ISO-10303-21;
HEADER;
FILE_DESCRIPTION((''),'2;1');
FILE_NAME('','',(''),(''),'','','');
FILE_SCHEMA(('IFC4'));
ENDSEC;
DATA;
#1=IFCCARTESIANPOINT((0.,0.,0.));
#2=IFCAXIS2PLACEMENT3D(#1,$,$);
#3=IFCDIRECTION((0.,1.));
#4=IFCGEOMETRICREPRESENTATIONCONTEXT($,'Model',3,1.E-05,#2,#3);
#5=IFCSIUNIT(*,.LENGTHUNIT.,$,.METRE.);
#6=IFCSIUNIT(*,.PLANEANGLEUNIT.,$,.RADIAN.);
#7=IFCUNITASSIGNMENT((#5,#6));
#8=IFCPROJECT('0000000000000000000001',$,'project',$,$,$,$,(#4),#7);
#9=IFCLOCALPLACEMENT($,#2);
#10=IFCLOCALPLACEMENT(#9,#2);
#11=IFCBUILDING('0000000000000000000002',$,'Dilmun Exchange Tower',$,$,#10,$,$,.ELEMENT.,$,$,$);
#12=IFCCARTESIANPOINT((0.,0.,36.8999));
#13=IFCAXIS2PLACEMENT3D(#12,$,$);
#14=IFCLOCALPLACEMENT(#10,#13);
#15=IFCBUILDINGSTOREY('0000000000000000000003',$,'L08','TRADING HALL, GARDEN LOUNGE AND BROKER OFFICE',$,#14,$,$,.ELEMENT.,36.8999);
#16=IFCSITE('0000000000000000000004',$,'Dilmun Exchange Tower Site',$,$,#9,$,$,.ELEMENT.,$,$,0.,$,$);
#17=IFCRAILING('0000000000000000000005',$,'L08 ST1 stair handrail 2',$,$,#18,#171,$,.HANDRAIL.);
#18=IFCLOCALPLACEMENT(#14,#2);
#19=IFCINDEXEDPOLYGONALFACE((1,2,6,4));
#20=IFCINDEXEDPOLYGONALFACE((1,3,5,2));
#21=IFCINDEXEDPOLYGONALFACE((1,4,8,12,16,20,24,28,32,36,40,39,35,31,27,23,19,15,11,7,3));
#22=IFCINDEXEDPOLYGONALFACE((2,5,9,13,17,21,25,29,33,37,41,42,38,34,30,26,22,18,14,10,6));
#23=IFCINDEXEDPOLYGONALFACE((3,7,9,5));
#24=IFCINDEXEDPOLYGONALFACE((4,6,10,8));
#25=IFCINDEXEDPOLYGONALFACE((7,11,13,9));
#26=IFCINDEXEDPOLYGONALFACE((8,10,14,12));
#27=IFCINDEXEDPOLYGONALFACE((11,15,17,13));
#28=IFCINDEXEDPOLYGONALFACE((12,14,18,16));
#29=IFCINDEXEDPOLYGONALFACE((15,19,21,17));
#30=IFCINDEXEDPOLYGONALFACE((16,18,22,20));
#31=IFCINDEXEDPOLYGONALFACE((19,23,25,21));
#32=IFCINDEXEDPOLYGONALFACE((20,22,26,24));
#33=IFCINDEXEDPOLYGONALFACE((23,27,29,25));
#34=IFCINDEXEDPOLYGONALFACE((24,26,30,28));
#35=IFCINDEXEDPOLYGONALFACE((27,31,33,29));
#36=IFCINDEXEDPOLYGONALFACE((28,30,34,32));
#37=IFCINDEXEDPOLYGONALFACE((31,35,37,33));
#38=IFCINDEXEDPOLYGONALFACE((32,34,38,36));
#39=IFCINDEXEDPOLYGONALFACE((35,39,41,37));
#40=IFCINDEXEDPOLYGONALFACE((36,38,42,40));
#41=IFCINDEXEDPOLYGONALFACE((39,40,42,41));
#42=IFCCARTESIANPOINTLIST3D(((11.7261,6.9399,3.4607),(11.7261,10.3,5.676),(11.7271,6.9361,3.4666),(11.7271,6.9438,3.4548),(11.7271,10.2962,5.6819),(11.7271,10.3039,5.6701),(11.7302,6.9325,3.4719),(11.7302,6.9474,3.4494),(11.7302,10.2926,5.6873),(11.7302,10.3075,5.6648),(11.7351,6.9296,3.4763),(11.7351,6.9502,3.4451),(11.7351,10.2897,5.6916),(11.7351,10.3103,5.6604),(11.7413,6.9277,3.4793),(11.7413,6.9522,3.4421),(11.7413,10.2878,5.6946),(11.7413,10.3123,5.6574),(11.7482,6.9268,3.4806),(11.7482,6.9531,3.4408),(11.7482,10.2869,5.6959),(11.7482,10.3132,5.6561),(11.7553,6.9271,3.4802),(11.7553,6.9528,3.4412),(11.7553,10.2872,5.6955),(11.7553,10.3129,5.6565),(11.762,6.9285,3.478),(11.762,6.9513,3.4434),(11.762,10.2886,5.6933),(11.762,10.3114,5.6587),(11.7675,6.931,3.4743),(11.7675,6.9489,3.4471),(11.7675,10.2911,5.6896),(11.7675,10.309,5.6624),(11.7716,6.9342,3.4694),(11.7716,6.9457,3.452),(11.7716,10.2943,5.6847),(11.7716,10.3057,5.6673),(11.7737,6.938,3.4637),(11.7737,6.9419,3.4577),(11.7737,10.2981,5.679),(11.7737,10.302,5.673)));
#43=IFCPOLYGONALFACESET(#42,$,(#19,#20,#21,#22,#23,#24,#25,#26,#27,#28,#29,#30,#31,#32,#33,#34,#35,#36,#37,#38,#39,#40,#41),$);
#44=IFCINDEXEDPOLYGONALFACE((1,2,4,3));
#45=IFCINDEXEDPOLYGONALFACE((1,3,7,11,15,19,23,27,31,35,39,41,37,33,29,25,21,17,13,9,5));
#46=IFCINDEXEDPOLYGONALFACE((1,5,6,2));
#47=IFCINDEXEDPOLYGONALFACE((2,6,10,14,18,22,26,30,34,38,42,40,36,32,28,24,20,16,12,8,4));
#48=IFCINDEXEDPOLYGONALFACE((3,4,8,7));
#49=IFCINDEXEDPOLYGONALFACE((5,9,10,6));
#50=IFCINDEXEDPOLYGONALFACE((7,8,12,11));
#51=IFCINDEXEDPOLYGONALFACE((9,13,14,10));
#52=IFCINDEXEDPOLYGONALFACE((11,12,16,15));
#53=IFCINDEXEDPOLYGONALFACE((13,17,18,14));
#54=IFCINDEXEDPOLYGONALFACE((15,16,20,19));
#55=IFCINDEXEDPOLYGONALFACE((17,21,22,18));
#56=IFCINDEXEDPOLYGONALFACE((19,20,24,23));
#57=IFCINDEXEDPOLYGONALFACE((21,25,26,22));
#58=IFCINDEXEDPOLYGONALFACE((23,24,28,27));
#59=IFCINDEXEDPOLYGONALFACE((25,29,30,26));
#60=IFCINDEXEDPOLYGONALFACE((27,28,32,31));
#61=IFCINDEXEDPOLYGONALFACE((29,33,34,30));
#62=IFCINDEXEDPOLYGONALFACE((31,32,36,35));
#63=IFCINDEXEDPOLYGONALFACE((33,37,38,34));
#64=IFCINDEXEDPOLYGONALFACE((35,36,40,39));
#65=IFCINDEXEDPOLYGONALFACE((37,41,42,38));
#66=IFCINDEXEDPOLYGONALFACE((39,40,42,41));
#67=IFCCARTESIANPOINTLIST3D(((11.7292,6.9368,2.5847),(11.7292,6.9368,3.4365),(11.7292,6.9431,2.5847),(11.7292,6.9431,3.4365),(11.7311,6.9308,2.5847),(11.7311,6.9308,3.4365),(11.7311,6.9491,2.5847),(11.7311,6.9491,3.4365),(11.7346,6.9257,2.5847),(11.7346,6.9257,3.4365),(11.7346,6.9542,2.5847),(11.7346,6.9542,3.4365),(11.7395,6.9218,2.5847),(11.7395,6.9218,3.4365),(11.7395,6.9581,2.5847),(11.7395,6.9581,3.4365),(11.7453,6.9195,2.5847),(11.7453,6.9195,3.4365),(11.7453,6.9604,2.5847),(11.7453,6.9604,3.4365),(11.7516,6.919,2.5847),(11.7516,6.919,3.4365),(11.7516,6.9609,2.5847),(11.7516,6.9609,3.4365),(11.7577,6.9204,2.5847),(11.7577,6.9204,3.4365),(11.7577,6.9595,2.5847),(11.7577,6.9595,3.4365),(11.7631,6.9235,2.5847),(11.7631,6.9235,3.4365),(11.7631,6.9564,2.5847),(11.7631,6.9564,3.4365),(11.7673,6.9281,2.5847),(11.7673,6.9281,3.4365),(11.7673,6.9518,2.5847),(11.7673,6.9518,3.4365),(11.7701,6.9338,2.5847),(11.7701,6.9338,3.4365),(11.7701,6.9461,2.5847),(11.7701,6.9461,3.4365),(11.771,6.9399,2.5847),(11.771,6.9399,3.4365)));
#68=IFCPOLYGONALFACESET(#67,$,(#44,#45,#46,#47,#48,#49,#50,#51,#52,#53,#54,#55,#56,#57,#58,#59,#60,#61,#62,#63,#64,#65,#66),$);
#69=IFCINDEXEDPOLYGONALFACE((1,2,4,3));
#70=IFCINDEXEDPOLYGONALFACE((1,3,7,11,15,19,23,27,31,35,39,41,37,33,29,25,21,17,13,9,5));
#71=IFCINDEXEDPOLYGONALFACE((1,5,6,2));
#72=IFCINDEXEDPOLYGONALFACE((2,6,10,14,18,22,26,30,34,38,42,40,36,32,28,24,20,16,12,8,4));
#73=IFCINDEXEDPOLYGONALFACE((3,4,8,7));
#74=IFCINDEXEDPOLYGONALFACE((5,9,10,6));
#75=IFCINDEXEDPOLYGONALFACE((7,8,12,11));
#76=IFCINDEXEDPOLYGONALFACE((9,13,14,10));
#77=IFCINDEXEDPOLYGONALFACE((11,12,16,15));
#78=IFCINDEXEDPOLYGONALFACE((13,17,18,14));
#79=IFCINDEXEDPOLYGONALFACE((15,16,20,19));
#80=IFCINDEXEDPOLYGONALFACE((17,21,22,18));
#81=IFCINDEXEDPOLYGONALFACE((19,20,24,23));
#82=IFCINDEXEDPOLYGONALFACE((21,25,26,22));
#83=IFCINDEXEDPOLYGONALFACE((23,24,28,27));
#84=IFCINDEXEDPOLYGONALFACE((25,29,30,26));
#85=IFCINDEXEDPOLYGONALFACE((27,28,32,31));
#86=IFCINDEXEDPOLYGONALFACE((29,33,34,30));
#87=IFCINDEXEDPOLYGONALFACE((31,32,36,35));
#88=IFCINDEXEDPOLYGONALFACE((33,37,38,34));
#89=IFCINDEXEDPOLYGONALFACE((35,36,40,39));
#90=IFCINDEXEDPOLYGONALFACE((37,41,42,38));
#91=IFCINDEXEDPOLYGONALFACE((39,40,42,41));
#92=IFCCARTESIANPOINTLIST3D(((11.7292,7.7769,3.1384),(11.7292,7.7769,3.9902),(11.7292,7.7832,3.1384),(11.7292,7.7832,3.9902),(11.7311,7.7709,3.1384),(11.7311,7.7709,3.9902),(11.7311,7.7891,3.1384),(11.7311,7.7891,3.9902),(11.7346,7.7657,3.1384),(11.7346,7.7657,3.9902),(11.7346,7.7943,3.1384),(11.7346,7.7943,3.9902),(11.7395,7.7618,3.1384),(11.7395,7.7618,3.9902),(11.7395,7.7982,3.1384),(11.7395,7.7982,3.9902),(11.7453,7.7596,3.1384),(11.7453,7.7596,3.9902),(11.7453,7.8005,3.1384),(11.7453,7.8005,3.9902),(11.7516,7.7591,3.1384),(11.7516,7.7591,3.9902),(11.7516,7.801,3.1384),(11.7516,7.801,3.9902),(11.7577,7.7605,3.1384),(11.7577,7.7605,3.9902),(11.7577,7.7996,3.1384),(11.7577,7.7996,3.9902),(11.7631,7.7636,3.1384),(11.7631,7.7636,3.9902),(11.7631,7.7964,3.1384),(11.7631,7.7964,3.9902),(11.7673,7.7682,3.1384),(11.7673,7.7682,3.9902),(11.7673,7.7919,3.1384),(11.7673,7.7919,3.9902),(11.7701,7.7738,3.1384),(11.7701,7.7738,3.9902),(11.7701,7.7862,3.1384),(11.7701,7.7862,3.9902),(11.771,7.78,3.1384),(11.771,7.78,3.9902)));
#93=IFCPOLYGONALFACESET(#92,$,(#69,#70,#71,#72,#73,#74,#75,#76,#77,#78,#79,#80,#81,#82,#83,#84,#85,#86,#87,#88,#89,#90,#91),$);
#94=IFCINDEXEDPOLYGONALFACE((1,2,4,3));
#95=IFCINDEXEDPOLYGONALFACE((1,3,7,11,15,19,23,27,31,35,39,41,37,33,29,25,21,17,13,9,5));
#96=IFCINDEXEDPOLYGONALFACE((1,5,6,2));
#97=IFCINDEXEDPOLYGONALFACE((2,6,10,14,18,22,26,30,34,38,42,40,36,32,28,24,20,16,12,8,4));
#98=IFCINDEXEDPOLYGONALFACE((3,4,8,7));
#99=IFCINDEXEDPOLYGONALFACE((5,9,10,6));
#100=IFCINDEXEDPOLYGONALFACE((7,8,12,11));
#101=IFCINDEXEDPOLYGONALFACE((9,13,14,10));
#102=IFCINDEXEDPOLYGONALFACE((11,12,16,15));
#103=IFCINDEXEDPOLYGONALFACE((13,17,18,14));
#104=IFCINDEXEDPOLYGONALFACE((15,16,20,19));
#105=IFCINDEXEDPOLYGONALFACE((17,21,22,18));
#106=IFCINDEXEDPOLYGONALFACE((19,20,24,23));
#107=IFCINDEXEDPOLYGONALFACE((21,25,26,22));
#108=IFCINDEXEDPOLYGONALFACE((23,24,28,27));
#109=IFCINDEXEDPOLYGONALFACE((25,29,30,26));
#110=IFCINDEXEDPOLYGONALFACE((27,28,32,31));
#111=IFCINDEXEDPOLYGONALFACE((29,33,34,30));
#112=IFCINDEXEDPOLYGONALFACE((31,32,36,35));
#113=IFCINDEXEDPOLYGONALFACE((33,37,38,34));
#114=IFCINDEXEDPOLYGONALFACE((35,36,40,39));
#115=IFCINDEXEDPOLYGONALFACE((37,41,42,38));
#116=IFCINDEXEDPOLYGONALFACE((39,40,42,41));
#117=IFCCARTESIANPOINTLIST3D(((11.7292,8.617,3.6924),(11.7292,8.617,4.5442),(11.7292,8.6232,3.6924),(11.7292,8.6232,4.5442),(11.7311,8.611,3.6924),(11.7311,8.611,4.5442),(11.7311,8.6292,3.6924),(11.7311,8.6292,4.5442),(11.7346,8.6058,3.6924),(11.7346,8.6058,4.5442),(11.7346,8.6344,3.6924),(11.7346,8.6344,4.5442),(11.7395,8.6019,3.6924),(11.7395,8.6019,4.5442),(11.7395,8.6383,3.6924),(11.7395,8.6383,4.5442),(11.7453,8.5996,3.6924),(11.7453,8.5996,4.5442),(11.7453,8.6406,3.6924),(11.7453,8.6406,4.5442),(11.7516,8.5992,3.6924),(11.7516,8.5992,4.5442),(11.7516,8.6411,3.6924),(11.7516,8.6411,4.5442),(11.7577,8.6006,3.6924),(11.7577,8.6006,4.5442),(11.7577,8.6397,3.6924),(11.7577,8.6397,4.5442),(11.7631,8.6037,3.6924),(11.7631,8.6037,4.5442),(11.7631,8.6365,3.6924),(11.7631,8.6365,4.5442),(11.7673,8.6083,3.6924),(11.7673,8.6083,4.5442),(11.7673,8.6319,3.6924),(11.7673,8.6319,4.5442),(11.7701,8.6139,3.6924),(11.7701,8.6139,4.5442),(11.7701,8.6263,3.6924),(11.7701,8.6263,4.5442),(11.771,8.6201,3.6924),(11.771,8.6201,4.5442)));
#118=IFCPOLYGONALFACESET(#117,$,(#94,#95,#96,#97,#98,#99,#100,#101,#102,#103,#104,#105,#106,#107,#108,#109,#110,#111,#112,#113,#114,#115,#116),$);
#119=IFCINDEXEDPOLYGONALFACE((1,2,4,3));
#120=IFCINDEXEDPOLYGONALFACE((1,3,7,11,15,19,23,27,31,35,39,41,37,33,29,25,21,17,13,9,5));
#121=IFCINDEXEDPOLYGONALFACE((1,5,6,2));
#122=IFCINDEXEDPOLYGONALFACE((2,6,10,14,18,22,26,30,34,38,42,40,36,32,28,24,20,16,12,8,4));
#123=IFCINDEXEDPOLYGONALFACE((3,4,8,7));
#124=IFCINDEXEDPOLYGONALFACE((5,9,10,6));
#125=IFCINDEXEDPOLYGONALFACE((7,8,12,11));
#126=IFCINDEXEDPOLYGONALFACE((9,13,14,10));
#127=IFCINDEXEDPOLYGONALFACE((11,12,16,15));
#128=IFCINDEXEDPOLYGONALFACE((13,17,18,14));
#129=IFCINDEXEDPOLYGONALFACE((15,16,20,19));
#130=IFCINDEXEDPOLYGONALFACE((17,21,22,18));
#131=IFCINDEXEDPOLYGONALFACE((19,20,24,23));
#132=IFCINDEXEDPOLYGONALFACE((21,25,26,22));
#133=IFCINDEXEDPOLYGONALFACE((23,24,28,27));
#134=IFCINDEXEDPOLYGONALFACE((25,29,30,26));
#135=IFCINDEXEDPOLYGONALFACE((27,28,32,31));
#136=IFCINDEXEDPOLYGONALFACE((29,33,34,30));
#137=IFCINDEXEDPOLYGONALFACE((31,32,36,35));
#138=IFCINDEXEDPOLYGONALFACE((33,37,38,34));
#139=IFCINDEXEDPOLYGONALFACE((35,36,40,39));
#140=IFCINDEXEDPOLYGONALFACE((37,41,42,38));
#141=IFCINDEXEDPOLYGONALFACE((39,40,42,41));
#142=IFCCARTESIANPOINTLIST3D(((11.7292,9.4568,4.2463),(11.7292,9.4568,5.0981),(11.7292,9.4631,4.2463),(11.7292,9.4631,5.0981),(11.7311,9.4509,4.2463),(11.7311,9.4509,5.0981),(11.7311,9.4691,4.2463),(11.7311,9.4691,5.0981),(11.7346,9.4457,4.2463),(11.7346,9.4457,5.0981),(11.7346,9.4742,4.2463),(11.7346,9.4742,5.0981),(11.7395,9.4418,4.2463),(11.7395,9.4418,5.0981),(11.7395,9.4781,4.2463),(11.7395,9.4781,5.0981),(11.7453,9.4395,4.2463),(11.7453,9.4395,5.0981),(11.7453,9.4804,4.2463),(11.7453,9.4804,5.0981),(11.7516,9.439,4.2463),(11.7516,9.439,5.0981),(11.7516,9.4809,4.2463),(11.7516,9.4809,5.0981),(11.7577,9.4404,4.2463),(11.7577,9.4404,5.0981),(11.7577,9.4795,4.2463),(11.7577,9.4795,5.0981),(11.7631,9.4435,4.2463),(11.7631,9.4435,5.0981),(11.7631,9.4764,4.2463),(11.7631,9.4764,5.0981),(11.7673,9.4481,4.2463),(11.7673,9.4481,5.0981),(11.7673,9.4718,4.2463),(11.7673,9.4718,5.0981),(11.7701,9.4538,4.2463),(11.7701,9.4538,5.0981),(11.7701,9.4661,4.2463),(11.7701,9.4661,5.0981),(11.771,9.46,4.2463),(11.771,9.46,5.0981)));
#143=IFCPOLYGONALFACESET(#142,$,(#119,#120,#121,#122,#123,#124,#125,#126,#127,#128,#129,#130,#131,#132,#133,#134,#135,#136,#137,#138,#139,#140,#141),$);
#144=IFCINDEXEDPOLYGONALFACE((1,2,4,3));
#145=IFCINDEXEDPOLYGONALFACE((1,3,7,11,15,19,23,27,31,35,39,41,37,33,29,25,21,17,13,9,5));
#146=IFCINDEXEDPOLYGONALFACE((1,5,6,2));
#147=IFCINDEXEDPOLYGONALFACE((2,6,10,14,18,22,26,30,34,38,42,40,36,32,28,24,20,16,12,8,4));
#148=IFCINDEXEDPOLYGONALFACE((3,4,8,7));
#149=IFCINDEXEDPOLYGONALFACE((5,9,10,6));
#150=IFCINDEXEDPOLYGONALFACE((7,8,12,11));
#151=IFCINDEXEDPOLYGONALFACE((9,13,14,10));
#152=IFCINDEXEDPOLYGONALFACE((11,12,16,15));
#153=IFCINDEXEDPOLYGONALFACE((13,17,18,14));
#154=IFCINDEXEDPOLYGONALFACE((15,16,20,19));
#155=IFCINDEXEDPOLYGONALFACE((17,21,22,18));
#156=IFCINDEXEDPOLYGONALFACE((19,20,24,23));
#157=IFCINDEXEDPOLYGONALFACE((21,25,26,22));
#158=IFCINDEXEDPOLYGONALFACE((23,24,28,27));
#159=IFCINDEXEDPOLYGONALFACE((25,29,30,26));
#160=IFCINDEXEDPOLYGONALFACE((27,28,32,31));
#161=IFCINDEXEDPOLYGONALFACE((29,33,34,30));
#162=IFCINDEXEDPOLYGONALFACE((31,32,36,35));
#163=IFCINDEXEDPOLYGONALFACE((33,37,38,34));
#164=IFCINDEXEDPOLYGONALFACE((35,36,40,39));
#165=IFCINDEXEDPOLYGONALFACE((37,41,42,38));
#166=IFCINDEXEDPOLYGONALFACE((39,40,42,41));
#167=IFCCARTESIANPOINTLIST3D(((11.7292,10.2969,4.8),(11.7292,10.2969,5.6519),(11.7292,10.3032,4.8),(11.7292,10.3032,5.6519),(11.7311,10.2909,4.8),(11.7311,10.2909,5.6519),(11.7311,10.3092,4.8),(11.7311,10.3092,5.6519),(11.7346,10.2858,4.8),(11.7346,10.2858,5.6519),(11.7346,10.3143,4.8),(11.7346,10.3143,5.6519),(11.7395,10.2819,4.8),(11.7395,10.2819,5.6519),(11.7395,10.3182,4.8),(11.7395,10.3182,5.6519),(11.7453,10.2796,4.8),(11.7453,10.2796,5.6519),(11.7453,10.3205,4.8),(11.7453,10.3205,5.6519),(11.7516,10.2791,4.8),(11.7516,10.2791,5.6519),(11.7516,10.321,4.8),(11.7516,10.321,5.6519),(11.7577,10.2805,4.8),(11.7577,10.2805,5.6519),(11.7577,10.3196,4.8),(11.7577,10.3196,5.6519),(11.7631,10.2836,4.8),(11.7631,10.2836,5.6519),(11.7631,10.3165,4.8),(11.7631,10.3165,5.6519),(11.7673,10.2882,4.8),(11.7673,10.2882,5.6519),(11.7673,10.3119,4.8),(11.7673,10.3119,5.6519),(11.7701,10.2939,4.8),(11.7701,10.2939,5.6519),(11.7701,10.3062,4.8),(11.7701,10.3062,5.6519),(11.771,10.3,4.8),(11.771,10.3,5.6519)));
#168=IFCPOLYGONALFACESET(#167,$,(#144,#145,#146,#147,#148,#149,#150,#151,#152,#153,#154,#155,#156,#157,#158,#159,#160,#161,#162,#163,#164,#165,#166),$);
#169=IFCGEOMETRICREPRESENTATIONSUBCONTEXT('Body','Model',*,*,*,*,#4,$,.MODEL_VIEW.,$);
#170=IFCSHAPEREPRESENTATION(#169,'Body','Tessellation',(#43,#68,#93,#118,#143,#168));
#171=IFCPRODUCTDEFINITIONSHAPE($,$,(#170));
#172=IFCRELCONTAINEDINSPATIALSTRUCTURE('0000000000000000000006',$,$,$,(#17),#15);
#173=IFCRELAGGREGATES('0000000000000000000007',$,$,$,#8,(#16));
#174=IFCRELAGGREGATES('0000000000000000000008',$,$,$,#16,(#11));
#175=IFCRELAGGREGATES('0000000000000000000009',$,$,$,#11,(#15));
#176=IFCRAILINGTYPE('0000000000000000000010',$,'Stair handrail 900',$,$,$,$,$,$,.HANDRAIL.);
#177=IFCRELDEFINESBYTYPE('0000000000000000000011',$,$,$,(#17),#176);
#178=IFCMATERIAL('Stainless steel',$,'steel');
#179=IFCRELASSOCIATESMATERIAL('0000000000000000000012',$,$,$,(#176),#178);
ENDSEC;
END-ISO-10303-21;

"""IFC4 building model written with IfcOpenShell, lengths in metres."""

from ifc_helpers import new_model, si_unit, direction, frame, origin, origin_2d, place, context, subcontext, project, spatial, circle, extrude, material, type_object, element, save


model = new_model("IFC4")

# Units and contexts
model_context = context("Model", 3, precision=1e-05, world=origin(), true_north=direction((0.0, 1.0)))
body_context = subcontext(model_context, "Body", "Model", "MODEL_VIEW")
ifc_project = project(units=[si_unit("LENGTHUNIT", "METRE"), si_unit("PLANEANGLEUNIT", "RADIAN")], contexts=[model_context])

# Site, building, storey
site_placement = place(None, origin())
site = spatial("IfcSite", under=ifc_project, at=site_placement, Name="Dilmun Exchange Tower Site", CompositionType="ELEMENT", RefElevation=0.0)
building_placement = place(site_placement, origin())
building = spatial("IfcBuilding", under=site, at=building_placement, Name="Dilmun Exchange Tower", CompositionType="ELEMENT")
storey_placement = place(building_placement, frame((0.0, 0.0, 36.8999)))
storey = spatial("IfcBuildingStorey", under=building, at=storey_placement, Name="L08", Description="TRADING HALL, GARDEN LOUNGE AND BROKER OFFICE", CompositionType="ELEMENT", Elevation=36.8999)

# Railing
ifc_material_1 = material(Name="Stainless steel", Category="steel")
railing_type = type_object("IfcRailingType", Name="Stair handrail 900", PredefinedType="HANDRAIL", material=ifc_material_1)
railing_1_placement = place(storey_placement, frame((11.75, 6.9399, 2.5847)))
element("IfcRailing", 1, at=railing_1_placement, inside=storey, type_object=railing_type, Name="L08 ST1 stair handrail 2", PredefinedType="HANDRAIL", context=body_context, shape_type="SweptSolid", body=[
    extrude(circle(Radius=0.0239, at=origin_2d()), frame((0.0, 0.0, 0.876), z_axis=(0.0, 0.834876, 0.550437), x_axis=(-1.0, 0.0, 0.0)), (0.0, 0.0, 1.0), 4.0247),
    extrude(circle(Radius=0.021, at=origin_2d()), origin(), (0.0, 0.0, 1.0), 0.8518),
    extrude(circle(Radius=0.021, at=origin_2d()), frame((0.0, 0.8401, 0.5537)), (0.0, 0.0, 1.0), 0.8518),
    extrude(circle(Radius=0.021, at=origin_2d()), frame((0.0, 1.6802, 1.1077)), (0.0, 0.0, 1.0), 0.8518),
    extrude(circle(Radius=0.021, at=origin_2d()), frame((0.0, 2.52, 1.6616)), (0.0, 0.0, 1.0), 0.8518),
    extrude(circle(Radius=0.021, at=origin_2d()), frame((0.0, 3.3601, 2.2153)), (0.0, 0.0, 1.0), 0.8518),
])

save(model, "model.ifc")
